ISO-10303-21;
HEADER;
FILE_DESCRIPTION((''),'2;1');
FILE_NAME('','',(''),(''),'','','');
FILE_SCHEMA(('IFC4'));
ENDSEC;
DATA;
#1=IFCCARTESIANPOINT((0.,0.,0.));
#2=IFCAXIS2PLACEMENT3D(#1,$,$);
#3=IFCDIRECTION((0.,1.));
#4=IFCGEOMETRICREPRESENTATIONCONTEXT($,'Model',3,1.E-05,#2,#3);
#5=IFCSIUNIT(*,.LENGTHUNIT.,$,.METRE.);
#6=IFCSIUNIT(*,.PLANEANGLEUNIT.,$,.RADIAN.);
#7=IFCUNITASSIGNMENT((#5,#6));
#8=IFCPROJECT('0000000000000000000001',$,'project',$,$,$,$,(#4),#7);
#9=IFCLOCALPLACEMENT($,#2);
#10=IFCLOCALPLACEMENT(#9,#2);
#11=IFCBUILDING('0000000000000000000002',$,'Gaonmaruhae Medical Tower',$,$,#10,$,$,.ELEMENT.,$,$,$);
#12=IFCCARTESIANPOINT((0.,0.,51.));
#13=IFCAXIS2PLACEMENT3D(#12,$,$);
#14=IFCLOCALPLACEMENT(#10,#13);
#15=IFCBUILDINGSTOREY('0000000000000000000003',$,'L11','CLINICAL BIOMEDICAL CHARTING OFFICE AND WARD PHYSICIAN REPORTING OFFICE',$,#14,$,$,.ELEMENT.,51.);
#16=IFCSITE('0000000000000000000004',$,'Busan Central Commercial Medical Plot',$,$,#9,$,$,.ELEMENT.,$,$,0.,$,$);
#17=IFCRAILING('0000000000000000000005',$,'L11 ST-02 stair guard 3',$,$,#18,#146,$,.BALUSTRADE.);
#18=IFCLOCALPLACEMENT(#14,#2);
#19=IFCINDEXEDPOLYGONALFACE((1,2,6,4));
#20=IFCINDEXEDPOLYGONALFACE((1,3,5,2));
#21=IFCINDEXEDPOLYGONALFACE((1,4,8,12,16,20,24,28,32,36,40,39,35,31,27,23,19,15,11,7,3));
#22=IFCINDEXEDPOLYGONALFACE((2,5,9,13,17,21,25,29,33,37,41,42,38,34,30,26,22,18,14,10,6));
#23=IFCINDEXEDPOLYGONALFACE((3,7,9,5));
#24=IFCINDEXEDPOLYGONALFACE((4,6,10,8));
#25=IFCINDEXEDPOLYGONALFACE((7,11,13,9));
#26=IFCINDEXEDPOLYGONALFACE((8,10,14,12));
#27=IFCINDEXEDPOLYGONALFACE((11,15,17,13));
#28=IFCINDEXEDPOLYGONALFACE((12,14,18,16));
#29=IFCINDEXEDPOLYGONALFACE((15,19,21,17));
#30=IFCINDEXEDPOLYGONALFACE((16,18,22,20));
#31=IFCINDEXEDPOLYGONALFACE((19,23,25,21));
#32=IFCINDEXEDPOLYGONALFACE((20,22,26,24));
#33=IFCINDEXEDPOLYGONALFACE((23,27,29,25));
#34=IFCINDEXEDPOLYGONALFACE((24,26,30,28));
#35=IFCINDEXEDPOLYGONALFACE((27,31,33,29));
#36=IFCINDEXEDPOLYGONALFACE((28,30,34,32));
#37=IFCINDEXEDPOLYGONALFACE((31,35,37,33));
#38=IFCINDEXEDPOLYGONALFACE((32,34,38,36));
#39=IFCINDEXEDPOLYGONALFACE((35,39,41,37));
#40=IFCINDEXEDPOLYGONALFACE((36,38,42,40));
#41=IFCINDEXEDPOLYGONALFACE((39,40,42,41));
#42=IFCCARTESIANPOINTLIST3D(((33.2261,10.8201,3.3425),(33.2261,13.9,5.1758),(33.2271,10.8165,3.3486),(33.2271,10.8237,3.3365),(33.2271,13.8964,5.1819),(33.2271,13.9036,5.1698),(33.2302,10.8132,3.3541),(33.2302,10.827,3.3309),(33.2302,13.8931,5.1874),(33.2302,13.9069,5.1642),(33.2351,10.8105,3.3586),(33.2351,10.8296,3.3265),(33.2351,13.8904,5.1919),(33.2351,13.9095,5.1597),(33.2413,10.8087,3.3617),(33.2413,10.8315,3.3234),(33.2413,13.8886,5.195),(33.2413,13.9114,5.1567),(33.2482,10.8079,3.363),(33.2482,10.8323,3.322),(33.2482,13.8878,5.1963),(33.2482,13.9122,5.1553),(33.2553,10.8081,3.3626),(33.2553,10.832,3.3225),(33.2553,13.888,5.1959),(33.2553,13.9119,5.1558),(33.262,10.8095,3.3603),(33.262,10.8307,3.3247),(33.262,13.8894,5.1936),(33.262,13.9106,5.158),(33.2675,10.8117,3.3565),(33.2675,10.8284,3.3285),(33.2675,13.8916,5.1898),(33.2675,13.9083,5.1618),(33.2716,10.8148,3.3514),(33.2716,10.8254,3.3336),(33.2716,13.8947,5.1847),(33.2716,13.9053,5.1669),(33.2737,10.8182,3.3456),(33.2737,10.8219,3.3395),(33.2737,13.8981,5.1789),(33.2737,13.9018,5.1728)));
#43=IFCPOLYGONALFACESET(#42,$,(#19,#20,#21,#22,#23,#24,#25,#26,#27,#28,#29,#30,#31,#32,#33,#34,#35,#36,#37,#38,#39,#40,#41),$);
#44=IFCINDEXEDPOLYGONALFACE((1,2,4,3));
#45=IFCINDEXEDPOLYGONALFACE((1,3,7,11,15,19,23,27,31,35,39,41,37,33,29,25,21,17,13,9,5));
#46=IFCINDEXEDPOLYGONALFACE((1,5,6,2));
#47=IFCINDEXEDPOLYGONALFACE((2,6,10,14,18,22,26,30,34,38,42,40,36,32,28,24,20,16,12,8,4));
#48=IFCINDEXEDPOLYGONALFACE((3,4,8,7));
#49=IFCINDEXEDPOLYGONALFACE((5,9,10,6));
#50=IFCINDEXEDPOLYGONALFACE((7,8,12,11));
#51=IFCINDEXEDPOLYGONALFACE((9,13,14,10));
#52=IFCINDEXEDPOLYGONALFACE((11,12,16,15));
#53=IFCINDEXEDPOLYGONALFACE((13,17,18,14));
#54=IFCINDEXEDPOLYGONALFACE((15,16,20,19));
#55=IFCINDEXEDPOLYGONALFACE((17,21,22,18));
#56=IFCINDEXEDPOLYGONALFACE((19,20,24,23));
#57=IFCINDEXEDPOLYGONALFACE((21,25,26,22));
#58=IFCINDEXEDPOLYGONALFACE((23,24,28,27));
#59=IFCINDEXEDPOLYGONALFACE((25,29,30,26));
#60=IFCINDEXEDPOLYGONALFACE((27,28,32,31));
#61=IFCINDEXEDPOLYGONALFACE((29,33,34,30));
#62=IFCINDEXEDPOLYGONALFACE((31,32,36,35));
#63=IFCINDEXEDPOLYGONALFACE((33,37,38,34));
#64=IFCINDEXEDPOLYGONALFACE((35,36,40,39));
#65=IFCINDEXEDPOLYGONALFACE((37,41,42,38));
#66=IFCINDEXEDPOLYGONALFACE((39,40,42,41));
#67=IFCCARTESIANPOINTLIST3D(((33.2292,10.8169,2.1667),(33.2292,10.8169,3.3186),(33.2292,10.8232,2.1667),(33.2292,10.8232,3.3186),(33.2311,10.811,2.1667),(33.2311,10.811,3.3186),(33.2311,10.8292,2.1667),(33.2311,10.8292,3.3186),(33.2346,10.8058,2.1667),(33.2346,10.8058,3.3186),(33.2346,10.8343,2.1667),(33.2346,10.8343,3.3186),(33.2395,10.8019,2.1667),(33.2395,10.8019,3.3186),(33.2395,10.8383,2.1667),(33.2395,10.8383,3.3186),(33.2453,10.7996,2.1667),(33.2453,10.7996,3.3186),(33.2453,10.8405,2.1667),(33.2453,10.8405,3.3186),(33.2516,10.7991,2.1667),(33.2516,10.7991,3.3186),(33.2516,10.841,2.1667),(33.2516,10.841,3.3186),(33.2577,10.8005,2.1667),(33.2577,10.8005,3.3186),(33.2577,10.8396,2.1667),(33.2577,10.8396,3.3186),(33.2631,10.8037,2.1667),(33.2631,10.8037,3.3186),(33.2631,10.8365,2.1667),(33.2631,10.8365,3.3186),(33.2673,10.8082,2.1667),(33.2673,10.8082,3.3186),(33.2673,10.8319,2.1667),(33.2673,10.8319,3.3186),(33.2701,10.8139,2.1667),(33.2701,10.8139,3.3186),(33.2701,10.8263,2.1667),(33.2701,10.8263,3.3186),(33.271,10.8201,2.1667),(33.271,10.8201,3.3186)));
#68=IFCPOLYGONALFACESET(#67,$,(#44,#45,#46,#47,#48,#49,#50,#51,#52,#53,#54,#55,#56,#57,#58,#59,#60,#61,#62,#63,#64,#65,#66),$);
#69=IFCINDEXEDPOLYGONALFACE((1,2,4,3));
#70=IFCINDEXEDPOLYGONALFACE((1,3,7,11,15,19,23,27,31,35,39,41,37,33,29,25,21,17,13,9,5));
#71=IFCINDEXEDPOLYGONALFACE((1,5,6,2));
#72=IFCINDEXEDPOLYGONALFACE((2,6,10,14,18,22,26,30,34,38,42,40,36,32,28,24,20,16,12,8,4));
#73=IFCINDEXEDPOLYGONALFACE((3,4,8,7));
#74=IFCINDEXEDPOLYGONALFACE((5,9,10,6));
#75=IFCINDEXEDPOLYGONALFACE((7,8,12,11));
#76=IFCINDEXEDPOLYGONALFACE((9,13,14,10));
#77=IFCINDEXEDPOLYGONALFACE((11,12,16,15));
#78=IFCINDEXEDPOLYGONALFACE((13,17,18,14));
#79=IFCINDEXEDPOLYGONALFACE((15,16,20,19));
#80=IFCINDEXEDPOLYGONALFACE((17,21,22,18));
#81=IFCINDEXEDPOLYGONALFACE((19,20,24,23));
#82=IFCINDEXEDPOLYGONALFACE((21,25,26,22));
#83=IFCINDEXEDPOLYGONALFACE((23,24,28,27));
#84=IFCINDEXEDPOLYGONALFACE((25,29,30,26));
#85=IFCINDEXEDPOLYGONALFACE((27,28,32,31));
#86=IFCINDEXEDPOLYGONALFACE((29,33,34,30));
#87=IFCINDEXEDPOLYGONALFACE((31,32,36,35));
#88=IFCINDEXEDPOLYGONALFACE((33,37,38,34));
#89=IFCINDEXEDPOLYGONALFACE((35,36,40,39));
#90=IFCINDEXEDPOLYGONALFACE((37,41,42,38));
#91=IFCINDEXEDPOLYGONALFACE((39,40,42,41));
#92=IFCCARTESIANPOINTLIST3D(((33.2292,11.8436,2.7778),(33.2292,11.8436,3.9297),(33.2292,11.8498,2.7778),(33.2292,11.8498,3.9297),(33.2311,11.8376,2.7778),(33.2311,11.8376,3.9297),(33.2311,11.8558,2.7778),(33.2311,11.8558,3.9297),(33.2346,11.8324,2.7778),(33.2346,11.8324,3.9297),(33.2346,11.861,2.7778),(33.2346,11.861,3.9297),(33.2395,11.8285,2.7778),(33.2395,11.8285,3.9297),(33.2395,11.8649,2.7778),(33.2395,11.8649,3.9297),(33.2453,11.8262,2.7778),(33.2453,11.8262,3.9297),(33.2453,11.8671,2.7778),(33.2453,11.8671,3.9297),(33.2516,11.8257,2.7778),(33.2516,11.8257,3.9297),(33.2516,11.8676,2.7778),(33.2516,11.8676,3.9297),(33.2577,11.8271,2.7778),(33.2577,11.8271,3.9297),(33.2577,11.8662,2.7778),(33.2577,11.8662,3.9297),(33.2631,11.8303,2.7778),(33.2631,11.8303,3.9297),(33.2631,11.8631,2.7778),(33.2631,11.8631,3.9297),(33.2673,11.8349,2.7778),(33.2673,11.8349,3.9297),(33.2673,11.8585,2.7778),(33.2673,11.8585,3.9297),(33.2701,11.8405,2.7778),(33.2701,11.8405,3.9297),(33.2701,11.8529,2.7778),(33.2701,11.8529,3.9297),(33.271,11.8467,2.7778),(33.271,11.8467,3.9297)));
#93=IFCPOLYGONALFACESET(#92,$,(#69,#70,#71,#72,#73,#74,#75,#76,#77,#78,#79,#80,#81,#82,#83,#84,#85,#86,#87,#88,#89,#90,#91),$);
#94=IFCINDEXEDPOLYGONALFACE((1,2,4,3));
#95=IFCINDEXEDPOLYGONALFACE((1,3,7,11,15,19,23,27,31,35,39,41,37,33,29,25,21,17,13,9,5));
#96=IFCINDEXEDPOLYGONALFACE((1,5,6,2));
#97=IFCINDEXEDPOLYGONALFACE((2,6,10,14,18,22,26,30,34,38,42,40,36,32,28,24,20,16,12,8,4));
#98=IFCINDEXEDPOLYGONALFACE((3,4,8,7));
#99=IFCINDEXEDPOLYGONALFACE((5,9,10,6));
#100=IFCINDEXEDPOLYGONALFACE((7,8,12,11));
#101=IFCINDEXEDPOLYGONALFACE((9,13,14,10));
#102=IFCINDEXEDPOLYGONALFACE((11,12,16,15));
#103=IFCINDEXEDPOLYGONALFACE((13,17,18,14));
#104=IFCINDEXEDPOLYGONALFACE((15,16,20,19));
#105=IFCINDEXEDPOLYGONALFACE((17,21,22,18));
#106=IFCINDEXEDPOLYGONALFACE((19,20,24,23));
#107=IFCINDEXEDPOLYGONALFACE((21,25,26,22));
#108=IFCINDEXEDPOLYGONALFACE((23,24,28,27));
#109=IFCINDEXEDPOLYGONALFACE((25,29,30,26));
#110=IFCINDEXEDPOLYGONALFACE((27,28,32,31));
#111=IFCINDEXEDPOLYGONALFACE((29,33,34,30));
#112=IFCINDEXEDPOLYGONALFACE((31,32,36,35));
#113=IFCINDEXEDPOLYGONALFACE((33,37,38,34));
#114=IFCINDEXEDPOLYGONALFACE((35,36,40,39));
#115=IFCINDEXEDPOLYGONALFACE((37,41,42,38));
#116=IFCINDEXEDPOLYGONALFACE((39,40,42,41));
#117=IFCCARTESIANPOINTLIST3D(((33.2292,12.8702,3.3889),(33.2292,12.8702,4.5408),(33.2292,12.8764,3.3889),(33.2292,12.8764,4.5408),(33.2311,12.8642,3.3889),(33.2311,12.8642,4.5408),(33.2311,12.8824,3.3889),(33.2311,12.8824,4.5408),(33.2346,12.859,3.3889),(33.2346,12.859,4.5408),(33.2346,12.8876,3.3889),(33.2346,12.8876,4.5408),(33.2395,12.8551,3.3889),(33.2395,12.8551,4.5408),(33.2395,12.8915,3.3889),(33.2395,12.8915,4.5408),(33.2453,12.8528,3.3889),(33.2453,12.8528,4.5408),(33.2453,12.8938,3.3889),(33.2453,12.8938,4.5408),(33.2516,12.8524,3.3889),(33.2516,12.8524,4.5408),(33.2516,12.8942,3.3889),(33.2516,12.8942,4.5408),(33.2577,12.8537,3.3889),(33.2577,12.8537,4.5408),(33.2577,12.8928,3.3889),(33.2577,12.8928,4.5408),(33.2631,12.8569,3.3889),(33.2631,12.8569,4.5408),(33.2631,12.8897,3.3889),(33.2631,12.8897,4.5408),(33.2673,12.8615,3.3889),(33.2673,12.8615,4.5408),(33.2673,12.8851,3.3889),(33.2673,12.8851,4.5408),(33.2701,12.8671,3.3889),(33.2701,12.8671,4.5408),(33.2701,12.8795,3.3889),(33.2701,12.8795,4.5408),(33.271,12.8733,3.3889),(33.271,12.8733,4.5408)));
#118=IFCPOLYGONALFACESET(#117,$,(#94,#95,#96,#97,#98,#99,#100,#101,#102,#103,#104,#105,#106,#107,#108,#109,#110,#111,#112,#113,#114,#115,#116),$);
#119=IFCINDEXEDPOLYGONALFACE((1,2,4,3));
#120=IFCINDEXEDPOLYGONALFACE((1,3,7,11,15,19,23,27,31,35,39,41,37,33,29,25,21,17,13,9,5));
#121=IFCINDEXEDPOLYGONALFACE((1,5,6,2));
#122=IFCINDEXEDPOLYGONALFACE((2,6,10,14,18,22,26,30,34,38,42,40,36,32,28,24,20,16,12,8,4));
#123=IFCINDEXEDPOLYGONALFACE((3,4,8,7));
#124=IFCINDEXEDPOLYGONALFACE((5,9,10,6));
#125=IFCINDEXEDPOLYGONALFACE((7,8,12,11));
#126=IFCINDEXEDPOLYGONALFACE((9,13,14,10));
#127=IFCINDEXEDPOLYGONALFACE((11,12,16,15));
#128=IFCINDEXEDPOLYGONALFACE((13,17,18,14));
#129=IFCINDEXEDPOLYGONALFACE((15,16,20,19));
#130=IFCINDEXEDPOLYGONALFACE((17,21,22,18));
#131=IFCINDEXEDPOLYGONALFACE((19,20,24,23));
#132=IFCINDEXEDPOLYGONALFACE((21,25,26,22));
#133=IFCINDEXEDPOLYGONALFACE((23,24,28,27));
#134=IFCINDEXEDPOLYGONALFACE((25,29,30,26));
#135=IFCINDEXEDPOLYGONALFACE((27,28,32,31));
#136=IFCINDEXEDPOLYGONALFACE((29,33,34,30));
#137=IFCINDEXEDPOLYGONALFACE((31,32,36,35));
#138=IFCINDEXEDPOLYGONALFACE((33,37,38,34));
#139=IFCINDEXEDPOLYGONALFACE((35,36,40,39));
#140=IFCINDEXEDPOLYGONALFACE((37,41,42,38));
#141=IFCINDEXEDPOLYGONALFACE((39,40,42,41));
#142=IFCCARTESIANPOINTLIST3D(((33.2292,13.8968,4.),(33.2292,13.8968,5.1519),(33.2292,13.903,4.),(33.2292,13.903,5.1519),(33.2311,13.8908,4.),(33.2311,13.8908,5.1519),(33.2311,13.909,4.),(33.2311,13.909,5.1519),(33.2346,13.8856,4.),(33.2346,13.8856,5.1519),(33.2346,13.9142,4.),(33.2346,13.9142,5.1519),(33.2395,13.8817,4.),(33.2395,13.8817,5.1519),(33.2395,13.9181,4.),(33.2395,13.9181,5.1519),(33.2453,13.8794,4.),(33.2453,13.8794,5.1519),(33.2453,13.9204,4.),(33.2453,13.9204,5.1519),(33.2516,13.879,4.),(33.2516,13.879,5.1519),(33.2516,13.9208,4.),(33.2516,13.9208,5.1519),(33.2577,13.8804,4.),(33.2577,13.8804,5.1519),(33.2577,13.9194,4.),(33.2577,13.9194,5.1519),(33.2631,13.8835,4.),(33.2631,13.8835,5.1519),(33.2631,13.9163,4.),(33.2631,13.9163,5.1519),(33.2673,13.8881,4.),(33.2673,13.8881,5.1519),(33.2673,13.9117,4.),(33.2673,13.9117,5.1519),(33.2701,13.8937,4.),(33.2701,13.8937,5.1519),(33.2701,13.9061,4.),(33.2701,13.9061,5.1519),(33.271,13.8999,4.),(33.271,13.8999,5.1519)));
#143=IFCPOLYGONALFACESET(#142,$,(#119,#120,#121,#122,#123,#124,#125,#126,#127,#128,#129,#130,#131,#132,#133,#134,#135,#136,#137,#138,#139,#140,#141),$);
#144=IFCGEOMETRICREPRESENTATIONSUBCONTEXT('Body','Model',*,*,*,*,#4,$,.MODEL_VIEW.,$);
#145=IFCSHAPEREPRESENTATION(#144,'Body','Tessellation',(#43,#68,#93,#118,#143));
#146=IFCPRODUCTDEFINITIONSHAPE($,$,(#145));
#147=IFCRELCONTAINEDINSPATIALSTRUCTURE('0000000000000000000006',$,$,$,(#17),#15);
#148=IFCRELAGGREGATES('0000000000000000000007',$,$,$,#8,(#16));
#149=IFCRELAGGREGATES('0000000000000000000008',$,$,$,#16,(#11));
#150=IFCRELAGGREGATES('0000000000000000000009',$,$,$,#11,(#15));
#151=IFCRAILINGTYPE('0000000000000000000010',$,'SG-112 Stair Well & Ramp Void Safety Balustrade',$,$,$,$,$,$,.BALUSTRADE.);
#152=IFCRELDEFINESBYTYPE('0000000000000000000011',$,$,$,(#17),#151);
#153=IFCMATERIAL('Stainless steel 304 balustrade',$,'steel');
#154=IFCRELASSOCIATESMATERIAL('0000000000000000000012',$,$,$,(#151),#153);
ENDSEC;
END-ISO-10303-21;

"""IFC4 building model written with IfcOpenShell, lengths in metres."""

from ifc_helpers import new_model, si_unit, direction, frame, origin, origin_2d, place, context, subcontext, project, spatial, circle, extrude, material, type_object, element, save


model = new_model("IFC4")

# Units and contexts
model_context = context("Model", 3, precision=1e-05, world=origin(), true_north=direction((0.0, 1.0)))
body_context = subcontext(model_context, "Body", "Model", "MODEL_VIEW")
ifc_project = project(units=[si_unit("LENGTHUNIT", "METRE"), si_unit("PLANEANGLEUNIT", "RADIAN")], contexts=[model_context])

# Site, building, storey
site_placement = place(None, origin())
site = spatial("IfcSite", under=ifc_project, at=site_placement, Name="Busan Central Commercial Medical Plot", CompositionType="ELEMENT", RefElevation=0.0)
building_placement = place(site_placement, origin())
building = spatial("IfcBuilding", under=site, at=building_placement, Name="Gaonmaruhae Medical Tower", CompositionType="ELEMENT")
storey_placement = place(building_placement, frame((0.0, 0.0, 51.0)))
storey = spatial("IfcBuildingStorey", under=building, at=storey_placement, Name="L11", Description="CLINICAL BIOMEDICAL CHARTING OFFICE AND WARD PHYSICIAN REPORTING OFFICE", CompositionType="ELEMENT", Elevation=51.0)

# Railing
ifc_material_1 = material(Name="Stainless steel 304 balustrade", Category="steel")
railing_type_1 = type_object("IfcRailingType", Name="SG-112 Stair Well & Ramp Void Safety Balustrade", PredefinedType="BALUSTRADE", material=ifc_material_1)
railing_1_placement = place(storey_placement, frame((33.25, 10.8201, 2.1667)))
element("IfcRailing", 1, at=railing_1_placement, inside=storey, type_object=railing_type_1, Name="L11 ST-02 stair guard 3", PredefinedType="BALUSTRADE", context=body_context, shape_type="SweptSolid", body=[
    extrude(circle(Radius=0.0239, at=origin_2d()), frame((0.0, 0.0, 1.1758), z_axis=(0.0, 0.859291, 0.511487), x_axis=(-1.0, 0.0, 0.0)), (0.0, 0.0, 1.0), 3.5842),
    extrude(circle(Radius=0.021, at=origin_2d()), origin(), (0.0, 0.0, 1.0), 1.1519),
    extrude(circle(Radius=0.021, at=origin_2d()), frame((0.0, 1.0266, 0.6111)), (0.0, 0.0, 1.0), 1.1519),
    extrude(circle(Radius=0.021, at=origin_2d()), frame((0.0, 2.0532, 1.2222)), (0.0, 0.0, 1.0), 1.1519),
    extrude(circle(Radius=0.021, at=origin_2d()), frame((0.0, 3.0798, 1.8333)), (0.0, 0.0, 1.0), 1.1519),
])

save(model, "model.ifc")
